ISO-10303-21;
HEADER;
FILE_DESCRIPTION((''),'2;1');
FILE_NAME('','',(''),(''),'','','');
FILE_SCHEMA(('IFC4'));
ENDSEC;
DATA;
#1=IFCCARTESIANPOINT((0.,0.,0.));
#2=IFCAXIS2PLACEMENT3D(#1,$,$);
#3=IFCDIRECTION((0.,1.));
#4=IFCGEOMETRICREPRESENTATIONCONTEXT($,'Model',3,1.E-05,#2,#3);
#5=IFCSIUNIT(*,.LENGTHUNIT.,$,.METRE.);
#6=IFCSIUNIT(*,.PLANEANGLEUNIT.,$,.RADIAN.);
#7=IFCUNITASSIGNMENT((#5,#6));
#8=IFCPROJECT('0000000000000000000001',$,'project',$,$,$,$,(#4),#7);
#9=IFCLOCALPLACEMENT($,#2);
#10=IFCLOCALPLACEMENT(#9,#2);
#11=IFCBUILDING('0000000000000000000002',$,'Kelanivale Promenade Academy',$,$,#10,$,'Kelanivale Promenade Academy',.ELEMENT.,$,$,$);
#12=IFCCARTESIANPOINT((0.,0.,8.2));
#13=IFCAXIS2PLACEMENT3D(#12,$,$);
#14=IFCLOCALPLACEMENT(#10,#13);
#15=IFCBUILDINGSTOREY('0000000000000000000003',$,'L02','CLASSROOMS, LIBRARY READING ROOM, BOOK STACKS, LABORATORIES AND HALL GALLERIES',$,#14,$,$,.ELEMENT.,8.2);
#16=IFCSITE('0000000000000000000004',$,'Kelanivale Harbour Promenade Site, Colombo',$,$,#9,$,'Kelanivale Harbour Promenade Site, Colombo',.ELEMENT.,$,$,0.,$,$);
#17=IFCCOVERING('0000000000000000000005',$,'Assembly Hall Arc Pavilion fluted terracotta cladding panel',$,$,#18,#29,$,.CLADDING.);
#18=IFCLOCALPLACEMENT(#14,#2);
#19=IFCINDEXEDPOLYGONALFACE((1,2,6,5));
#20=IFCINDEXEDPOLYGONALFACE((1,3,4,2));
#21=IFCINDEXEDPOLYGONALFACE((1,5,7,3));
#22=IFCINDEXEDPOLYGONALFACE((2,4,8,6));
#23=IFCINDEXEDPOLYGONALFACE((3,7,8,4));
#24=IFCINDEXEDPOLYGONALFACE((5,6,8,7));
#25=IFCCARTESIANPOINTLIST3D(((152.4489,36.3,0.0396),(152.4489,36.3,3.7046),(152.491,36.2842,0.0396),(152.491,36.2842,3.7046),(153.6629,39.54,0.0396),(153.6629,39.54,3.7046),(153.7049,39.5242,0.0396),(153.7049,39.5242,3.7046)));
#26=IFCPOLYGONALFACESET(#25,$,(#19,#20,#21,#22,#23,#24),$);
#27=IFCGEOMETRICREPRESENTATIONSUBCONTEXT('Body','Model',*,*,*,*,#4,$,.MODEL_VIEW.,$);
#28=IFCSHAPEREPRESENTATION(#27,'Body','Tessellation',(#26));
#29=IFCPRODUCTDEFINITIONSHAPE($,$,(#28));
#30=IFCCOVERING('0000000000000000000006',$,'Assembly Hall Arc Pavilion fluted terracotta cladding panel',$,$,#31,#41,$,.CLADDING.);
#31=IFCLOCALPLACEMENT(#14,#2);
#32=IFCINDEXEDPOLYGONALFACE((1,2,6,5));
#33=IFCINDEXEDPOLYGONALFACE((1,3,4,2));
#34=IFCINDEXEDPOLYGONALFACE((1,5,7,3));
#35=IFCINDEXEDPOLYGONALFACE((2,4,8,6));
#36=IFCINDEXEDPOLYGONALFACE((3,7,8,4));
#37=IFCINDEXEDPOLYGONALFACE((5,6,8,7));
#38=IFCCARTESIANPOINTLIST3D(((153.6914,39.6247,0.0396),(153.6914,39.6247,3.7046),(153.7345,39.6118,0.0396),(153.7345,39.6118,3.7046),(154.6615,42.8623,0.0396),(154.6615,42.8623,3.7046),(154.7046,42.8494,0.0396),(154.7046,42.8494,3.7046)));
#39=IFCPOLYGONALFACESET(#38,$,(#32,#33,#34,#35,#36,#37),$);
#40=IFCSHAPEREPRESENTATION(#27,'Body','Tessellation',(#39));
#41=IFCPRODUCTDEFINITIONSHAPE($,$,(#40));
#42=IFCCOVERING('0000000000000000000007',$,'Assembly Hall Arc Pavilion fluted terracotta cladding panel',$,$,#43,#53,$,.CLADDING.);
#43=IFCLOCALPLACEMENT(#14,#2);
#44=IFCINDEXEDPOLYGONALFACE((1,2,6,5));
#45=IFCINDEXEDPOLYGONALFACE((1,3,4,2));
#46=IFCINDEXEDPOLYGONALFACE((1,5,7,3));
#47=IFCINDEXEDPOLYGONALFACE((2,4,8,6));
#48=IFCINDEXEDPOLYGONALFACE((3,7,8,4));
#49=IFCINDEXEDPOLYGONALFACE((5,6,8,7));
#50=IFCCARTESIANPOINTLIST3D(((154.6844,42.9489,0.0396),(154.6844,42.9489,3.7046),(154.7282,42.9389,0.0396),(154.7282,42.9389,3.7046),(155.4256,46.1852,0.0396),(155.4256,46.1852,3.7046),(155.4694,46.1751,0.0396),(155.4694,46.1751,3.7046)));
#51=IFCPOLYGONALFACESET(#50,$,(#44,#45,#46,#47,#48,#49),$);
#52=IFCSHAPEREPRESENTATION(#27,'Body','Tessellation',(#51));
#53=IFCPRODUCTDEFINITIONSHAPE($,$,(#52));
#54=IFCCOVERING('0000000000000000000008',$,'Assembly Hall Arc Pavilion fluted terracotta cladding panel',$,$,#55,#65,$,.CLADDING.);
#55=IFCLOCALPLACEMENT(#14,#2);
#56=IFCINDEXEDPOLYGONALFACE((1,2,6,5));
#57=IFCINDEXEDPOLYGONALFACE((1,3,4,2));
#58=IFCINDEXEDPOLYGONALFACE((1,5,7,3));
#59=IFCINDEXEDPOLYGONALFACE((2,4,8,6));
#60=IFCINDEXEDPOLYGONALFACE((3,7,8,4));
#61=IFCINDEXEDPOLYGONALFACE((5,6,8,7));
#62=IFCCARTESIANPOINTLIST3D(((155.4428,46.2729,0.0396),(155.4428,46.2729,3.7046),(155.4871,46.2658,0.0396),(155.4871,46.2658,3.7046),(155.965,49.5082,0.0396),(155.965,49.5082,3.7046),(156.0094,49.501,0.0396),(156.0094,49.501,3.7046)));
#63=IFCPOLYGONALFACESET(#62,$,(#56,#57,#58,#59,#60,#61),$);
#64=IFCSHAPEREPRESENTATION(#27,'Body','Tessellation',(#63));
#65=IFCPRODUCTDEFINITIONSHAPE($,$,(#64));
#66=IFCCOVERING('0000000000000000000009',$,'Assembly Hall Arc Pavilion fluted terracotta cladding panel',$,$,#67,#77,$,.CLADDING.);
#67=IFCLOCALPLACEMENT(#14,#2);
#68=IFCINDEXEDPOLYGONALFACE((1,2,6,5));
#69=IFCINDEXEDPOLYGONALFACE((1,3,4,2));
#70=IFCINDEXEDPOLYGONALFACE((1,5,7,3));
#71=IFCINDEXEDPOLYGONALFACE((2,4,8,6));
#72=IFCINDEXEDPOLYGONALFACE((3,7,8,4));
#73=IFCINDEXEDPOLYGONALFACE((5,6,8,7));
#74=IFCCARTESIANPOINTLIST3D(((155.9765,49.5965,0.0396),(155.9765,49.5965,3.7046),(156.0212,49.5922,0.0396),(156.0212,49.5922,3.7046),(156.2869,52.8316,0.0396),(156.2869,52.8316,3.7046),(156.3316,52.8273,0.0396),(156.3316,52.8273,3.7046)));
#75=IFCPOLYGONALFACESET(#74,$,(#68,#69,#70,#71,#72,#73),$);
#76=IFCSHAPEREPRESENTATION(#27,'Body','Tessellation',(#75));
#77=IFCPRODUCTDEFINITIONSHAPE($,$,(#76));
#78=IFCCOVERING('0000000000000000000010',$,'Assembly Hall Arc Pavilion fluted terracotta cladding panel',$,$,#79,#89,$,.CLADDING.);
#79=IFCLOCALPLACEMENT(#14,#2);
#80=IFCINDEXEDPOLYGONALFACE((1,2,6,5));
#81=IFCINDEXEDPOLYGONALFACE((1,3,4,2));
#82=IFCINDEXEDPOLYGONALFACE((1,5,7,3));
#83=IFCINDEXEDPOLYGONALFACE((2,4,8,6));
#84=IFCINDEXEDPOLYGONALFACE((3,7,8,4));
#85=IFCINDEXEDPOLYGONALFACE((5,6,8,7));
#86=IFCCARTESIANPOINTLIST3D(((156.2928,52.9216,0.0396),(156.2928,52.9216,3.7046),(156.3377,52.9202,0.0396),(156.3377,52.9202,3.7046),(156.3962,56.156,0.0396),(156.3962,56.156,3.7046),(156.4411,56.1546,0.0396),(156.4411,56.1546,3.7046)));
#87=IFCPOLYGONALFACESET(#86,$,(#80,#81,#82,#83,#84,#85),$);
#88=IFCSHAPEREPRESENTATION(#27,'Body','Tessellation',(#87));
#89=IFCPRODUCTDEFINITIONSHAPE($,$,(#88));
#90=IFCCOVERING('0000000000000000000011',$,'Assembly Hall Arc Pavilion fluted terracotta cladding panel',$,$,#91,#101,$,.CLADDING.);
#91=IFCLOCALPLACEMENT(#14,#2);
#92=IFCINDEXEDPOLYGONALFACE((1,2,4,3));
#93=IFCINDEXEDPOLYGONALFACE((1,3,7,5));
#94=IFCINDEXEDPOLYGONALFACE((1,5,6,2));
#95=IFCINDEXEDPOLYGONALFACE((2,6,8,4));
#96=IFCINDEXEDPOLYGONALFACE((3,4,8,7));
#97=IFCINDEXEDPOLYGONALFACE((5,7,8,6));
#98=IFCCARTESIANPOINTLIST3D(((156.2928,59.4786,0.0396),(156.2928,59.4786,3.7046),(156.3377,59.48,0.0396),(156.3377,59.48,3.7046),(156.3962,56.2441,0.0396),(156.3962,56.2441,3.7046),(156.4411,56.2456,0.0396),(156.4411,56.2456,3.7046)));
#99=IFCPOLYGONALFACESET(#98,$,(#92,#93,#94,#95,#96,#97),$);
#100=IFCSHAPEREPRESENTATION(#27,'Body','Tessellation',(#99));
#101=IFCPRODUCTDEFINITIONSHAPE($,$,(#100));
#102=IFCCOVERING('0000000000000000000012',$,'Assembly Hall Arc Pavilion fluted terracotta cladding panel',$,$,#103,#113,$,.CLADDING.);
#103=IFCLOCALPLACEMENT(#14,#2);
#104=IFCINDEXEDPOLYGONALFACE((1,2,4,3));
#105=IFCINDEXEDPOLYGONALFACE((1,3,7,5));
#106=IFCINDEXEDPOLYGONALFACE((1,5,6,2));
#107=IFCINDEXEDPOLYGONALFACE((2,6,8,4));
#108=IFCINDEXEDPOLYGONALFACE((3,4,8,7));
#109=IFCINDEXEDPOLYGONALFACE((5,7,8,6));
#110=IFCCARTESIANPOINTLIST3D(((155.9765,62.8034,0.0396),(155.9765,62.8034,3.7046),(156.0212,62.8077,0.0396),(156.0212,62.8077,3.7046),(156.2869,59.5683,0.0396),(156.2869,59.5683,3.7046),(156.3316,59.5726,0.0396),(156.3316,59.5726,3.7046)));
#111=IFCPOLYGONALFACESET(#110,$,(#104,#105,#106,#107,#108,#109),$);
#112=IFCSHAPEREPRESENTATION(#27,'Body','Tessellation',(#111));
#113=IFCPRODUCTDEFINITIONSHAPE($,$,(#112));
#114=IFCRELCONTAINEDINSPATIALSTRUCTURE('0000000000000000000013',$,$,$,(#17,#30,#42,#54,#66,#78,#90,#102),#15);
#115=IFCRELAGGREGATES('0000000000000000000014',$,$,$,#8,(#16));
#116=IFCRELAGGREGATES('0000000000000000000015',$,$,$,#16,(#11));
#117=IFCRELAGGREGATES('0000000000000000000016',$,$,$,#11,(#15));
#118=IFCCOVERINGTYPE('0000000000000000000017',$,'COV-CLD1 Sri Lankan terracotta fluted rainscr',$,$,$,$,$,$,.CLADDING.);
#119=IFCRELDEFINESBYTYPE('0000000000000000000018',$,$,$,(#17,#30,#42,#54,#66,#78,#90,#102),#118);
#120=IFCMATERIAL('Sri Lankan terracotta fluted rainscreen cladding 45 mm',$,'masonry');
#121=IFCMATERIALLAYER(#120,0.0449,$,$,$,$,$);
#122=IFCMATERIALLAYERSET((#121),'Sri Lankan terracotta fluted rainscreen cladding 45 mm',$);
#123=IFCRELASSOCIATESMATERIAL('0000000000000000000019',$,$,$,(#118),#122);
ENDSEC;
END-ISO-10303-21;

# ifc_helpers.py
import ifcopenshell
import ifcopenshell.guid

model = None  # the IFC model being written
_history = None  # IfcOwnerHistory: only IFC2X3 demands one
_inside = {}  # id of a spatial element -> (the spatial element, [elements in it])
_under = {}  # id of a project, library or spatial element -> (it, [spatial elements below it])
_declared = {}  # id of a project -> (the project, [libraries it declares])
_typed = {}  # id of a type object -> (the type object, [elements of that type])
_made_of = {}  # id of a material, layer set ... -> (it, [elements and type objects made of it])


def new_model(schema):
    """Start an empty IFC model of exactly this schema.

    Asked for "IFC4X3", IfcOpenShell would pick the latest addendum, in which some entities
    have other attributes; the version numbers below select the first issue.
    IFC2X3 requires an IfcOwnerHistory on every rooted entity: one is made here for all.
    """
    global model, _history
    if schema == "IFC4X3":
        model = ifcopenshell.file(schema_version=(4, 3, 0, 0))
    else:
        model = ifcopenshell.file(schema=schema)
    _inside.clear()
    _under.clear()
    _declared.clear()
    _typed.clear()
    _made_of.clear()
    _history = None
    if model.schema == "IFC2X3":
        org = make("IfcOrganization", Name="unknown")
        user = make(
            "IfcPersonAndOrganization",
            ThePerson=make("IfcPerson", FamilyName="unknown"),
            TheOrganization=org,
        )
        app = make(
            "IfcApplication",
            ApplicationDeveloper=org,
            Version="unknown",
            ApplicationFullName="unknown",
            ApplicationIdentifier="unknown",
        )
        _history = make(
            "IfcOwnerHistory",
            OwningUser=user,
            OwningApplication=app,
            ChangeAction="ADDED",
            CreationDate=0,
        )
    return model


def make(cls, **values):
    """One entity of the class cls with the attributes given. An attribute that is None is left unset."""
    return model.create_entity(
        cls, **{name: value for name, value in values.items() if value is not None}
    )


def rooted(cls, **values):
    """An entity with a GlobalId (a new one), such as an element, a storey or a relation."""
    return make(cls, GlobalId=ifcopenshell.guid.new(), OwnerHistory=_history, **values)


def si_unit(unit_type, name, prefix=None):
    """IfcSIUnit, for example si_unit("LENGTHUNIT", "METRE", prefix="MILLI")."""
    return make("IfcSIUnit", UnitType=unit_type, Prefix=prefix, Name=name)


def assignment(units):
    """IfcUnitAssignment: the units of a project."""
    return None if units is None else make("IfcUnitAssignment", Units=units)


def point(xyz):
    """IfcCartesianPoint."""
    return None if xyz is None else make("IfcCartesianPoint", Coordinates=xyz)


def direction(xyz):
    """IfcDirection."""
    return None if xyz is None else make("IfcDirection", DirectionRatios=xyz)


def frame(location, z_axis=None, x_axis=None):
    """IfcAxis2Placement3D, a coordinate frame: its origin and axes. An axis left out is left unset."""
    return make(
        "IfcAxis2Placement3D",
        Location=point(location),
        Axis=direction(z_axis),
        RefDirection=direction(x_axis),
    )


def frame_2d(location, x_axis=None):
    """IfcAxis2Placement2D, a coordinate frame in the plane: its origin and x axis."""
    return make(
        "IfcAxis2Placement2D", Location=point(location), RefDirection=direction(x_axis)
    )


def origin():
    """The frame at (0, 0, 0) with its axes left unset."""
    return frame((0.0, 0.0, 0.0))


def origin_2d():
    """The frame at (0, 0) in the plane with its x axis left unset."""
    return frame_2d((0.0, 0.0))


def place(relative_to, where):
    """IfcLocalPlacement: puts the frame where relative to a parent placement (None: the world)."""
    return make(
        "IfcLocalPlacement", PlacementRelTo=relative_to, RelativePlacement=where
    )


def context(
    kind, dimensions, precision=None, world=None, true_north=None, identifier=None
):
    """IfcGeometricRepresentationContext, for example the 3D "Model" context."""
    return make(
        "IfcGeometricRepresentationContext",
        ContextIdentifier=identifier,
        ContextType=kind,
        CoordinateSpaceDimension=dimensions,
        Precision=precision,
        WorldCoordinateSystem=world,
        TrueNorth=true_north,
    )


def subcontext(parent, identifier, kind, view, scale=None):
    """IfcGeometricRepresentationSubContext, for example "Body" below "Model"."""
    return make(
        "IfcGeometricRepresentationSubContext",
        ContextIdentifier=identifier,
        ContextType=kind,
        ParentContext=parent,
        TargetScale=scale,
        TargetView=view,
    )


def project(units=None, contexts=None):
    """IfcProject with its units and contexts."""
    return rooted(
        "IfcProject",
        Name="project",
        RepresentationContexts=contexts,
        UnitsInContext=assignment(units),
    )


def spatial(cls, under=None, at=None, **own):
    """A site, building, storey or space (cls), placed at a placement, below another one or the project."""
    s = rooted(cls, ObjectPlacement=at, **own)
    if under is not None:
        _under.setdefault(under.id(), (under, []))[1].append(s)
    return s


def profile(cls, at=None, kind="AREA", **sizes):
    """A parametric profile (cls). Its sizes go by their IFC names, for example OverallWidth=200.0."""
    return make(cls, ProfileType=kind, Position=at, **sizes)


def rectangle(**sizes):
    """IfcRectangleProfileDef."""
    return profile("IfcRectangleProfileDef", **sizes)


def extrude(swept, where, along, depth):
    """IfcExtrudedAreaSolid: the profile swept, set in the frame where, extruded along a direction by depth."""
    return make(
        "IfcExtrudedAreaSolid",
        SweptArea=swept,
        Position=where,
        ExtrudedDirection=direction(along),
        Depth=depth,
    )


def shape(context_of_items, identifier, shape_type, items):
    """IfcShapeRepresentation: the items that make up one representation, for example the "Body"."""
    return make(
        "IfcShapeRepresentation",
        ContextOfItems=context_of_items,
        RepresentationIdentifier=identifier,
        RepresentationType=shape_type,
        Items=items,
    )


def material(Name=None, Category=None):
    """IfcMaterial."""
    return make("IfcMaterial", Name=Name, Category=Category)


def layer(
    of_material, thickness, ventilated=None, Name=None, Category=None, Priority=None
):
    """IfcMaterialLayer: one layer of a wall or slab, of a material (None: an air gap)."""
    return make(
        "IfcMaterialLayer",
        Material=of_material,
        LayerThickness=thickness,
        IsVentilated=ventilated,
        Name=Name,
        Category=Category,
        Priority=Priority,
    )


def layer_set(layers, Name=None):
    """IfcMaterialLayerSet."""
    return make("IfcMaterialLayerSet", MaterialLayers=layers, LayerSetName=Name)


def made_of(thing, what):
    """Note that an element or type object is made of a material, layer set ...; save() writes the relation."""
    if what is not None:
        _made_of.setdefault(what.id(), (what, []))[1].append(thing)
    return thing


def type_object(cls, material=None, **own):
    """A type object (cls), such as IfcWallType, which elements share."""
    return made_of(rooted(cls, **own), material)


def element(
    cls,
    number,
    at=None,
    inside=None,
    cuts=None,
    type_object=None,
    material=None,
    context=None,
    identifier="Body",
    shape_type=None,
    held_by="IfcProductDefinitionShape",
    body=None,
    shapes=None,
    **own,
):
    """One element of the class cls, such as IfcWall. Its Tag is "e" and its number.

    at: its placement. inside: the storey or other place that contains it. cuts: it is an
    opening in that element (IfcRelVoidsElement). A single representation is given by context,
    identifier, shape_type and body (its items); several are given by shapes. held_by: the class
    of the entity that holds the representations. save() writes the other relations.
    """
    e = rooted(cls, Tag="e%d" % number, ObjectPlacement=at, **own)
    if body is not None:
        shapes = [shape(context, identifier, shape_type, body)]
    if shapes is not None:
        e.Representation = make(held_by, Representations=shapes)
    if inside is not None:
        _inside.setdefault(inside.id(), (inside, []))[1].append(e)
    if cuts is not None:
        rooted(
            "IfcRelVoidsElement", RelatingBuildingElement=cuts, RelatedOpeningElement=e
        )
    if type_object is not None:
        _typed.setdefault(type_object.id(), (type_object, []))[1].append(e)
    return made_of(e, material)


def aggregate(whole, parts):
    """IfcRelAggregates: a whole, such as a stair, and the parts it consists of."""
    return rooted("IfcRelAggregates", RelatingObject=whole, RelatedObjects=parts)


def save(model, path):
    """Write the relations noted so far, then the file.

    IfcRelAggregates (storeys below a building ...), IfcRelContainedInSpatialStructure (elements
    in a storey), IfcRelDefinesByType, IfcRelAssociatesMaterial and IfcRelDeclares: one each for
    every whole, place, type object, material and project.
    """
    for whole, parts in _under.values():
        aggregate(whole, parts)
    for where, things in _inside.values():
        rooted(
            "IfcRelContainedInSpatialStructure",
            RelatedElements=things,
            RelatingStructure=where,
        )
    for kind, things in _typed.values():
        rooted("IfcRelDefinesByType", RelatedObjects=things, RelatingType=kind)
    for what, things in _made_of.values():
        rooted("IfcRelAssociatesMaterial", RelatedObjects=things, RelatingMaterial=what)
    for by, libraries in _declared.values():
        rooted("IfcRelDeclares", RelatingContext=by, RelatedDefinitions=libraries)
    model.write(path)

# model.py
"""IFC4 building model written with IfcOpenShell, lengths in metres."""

from ifc_helpers import new_model, si_unit, direction, frame, origin, origin_2d, place, context, subcontext, project, spatial, rectangle, extrude, material, layer, layer_set, type_object, element, save


model = new_model("IFC4")

# Units and contexts
model_context = context("Model", 3, precision=1e-05, world=origin(), true_north=direction((0.0, 1.0)))
body_context = subcontext(model_context, "Body", "Model", "MODEL_VIEW")
ifc_project = project(units=[si_unit("LENGTHUNIT", "METRE"), si_unit("PLANEANGLEUNIT", "RADIAN")], contexts=[model_context])

# Site, building, storey
site_placement = place(None, origin())
site = spatial("IfcSite", under=ifc_project, at=site_placement, Name="Kelanivale Harbour Promenade Site, Colombo", LongName="Kelanivale Harbour Promenade Site, Colombo", CompositionType="ELEMENT", RefElevation=0.0)
building_placement = place(site_placement, origin())
building = spatial("IfcBuilding", under=site, at=building_placement, Name="Kelanivale Promenade Academy", LongName="Kelanivale Promenade Academy", CompositionType="ELEMENT")
storey_placement = place(building_placement, frame((0.0, 0.0, 8.2)))
storey = spatial("IfcBuildingStorey", under=building, at=storey_placement, Name="L02", Description="CLASSROOMS, LIBRARY READING ROOM, BOOK STACKS, LABORATORIES AND HALL GALLERIES", CompositionType="ELEMENT", Elevation=8.2)

# Coverings
ifc_material_1 = material(Name="Sri Lankan terracotta fluted rainscreen cladding 45 mm", Category="masonry")
ifc_layer_1 = layer(ifc_material_1, 0.0449)
ifc_layer_set_1 = layer_set([ifc_layer_1], Name="Sri Lankan terracotta fluted rainscreen cladding 45 mm")
covering_type = type_object("IfcCoveringType", Name="COV-CLD1 Sri Lankan terracotta fluted rainscr", PredefinedType="CLADDING", material=ifc_layer_set_1)
covering_1_placement = place(storey_placement, frame((153.0769, 37.9121, 0.0396), z_axis=(0.0, 0.0, 1.0), x_axis=(0.350861, 0.936427, 0.0)))
element("IfcCovering", 1, at=covering_1_placement, inside=storey, type_object=covering_type, Name="Assembly Hall Arc Pavilion fluted terracotta cladding panel", PredefinedType="CLADDING", context=body_context, shape_type="SweptSolid", body=[
    extrude(rectangle(XDim=3.46, YDim=0.0449, at=origin_2d()), origin(), (0.0, 0.0, 1.0), 3.665),
])
covering_2_placement = place(storey_placement, frame((154.198, 41.2371, 0.0396), z_axis=(0.0, 0.0, 1.0), x_axis=(0.287026, 0.957923, 0.0)))
element("IfcCovering", 2, at=covering_2_placement, inside=storey, type_object=covering_type, Name="Assembly Hall Arc Pavilion fluted terracotta cladding panel", PredefinedType="CLADDING", context=body_context, shape_type="SweptSolid", body=[
    extrude(rectangle(XDim=3.3799, YDim=0.0449, at=origin_2d()), origin(), (0.0, 0.0, 1.0), 3.665),
])
covering_3_placement = place(storey_placement, frame((155.0769, 44.562, 0.0396), z_axis=(0.0, 0.0, 1.0), x_axis=(0.22325, 0.974761, 0.0)))
element("IfcCovering", 3, at=covering_3_placement, inside=storey, type_object=covering_type, Name="Assembly Hall Arc Pavilion fluted terracotta cladding panel", PredefinedType="CLADDING", context=body_context, shape_type="SweptSolid", body=[
    extrude(rectangle(XDim=3.3201, YDim=0.0449, at=origin_2d()), origin(), (0.0, 0.0, 1.0), 3.665),
])
covering_4_placement = place(storey_placement, frame((155.7261, 47.887, 0.0396), z_axis=(0.0, 0.0, 1.0), x_axis=(0.159364, 0.98722, 0.0)))
element("IfcCovering", 4, at=covering_4_placement, inside=storey, type_object=covering_type, Name="Assembly Hall Arc Pavilion fluted terracotta cladding panel", PredefinedType="CLADDING", context=body_context, shape_type="SweptSolid", body=[
    extrude(rectangle(XDim=3.2771, YDim=0.0449, at=origin_2d()), origin(), (0.0, 0.0, 1.0), 3.665),
])
covering_5_placement = place(storey_placement, frame((156.1541, 51.2119, 0.0396), z_axis=(0.0, 0.0, 1.0), x_axis=(0.095498, 0.99543, 0.0)))
element("IfcCovering", 5, at=covering_5_placement, inside=storey, type_object=covering_type, Name="Assembly Hall Arc Pavilion fluted terracotta cladding panel", PredefinedType="CLADDING", context=body_context, shape_type="SweptSolid", body=[
    extrude(rectangle(XDim=3.25, YDim=0.0449, at=origin_2d()), origin(), (0.0, 0.0, 1.0), 3.665),
])
for number, where, z_axis, x_axis, name in (
    (6, (156.3669, 54.5381, 0.0396), (0.0, 0.0, 1.0), (0.031934, 0.99949, 0.0), "Assembly Hall Arc Pavilion fluted terracotta cladding panel"),
    (7, (156.3669, 57.8621, 0.0396), (0.0, 0.0, 1.0), (-0.031934, 0.99949, 0.0), "Assembly Hall Arc Pavilion fluted terracotta cladding panel"),
):
    element("IfcCovering", number, at=place(storey_placement, frame(where, z_axis=z_axis, x_axis=x_axis)), inside=storey, type_object=covering_type, Name=name, PredefinedType="CLADDING", context=body_context, shape_type="SweptSolid", body=[
        extrude(rectangle(XDim=3.2361, YDim=0.0449, at=origin_2d()), origin(), (0.0, 0.0, 1.0), 3.665),
    ])
covering_6_placement = place(storey_placement, frame((156.1541, 61.188, 0.0396), z_axis=(0.0, 0.0, 1.0), x_axis=(-0.095498, 0.99543, 0.0)))
element("IfcCovering", 8, at=covering_6_placement, inside=storey, type_object=covering_type, Name="Assembly Hall Arc Pavilion fluted terracotta cladding panel", PredefinedType="CLADDING", context=body_context, shape_type="SweptSolid", body=[
    extrude(rectangle(XDim=3.25, YDim=0.0449, at=origin_2d()), origin(), (0.0, 0.0, 1.0), 3.665),
])

save(model, "model.ifc")
